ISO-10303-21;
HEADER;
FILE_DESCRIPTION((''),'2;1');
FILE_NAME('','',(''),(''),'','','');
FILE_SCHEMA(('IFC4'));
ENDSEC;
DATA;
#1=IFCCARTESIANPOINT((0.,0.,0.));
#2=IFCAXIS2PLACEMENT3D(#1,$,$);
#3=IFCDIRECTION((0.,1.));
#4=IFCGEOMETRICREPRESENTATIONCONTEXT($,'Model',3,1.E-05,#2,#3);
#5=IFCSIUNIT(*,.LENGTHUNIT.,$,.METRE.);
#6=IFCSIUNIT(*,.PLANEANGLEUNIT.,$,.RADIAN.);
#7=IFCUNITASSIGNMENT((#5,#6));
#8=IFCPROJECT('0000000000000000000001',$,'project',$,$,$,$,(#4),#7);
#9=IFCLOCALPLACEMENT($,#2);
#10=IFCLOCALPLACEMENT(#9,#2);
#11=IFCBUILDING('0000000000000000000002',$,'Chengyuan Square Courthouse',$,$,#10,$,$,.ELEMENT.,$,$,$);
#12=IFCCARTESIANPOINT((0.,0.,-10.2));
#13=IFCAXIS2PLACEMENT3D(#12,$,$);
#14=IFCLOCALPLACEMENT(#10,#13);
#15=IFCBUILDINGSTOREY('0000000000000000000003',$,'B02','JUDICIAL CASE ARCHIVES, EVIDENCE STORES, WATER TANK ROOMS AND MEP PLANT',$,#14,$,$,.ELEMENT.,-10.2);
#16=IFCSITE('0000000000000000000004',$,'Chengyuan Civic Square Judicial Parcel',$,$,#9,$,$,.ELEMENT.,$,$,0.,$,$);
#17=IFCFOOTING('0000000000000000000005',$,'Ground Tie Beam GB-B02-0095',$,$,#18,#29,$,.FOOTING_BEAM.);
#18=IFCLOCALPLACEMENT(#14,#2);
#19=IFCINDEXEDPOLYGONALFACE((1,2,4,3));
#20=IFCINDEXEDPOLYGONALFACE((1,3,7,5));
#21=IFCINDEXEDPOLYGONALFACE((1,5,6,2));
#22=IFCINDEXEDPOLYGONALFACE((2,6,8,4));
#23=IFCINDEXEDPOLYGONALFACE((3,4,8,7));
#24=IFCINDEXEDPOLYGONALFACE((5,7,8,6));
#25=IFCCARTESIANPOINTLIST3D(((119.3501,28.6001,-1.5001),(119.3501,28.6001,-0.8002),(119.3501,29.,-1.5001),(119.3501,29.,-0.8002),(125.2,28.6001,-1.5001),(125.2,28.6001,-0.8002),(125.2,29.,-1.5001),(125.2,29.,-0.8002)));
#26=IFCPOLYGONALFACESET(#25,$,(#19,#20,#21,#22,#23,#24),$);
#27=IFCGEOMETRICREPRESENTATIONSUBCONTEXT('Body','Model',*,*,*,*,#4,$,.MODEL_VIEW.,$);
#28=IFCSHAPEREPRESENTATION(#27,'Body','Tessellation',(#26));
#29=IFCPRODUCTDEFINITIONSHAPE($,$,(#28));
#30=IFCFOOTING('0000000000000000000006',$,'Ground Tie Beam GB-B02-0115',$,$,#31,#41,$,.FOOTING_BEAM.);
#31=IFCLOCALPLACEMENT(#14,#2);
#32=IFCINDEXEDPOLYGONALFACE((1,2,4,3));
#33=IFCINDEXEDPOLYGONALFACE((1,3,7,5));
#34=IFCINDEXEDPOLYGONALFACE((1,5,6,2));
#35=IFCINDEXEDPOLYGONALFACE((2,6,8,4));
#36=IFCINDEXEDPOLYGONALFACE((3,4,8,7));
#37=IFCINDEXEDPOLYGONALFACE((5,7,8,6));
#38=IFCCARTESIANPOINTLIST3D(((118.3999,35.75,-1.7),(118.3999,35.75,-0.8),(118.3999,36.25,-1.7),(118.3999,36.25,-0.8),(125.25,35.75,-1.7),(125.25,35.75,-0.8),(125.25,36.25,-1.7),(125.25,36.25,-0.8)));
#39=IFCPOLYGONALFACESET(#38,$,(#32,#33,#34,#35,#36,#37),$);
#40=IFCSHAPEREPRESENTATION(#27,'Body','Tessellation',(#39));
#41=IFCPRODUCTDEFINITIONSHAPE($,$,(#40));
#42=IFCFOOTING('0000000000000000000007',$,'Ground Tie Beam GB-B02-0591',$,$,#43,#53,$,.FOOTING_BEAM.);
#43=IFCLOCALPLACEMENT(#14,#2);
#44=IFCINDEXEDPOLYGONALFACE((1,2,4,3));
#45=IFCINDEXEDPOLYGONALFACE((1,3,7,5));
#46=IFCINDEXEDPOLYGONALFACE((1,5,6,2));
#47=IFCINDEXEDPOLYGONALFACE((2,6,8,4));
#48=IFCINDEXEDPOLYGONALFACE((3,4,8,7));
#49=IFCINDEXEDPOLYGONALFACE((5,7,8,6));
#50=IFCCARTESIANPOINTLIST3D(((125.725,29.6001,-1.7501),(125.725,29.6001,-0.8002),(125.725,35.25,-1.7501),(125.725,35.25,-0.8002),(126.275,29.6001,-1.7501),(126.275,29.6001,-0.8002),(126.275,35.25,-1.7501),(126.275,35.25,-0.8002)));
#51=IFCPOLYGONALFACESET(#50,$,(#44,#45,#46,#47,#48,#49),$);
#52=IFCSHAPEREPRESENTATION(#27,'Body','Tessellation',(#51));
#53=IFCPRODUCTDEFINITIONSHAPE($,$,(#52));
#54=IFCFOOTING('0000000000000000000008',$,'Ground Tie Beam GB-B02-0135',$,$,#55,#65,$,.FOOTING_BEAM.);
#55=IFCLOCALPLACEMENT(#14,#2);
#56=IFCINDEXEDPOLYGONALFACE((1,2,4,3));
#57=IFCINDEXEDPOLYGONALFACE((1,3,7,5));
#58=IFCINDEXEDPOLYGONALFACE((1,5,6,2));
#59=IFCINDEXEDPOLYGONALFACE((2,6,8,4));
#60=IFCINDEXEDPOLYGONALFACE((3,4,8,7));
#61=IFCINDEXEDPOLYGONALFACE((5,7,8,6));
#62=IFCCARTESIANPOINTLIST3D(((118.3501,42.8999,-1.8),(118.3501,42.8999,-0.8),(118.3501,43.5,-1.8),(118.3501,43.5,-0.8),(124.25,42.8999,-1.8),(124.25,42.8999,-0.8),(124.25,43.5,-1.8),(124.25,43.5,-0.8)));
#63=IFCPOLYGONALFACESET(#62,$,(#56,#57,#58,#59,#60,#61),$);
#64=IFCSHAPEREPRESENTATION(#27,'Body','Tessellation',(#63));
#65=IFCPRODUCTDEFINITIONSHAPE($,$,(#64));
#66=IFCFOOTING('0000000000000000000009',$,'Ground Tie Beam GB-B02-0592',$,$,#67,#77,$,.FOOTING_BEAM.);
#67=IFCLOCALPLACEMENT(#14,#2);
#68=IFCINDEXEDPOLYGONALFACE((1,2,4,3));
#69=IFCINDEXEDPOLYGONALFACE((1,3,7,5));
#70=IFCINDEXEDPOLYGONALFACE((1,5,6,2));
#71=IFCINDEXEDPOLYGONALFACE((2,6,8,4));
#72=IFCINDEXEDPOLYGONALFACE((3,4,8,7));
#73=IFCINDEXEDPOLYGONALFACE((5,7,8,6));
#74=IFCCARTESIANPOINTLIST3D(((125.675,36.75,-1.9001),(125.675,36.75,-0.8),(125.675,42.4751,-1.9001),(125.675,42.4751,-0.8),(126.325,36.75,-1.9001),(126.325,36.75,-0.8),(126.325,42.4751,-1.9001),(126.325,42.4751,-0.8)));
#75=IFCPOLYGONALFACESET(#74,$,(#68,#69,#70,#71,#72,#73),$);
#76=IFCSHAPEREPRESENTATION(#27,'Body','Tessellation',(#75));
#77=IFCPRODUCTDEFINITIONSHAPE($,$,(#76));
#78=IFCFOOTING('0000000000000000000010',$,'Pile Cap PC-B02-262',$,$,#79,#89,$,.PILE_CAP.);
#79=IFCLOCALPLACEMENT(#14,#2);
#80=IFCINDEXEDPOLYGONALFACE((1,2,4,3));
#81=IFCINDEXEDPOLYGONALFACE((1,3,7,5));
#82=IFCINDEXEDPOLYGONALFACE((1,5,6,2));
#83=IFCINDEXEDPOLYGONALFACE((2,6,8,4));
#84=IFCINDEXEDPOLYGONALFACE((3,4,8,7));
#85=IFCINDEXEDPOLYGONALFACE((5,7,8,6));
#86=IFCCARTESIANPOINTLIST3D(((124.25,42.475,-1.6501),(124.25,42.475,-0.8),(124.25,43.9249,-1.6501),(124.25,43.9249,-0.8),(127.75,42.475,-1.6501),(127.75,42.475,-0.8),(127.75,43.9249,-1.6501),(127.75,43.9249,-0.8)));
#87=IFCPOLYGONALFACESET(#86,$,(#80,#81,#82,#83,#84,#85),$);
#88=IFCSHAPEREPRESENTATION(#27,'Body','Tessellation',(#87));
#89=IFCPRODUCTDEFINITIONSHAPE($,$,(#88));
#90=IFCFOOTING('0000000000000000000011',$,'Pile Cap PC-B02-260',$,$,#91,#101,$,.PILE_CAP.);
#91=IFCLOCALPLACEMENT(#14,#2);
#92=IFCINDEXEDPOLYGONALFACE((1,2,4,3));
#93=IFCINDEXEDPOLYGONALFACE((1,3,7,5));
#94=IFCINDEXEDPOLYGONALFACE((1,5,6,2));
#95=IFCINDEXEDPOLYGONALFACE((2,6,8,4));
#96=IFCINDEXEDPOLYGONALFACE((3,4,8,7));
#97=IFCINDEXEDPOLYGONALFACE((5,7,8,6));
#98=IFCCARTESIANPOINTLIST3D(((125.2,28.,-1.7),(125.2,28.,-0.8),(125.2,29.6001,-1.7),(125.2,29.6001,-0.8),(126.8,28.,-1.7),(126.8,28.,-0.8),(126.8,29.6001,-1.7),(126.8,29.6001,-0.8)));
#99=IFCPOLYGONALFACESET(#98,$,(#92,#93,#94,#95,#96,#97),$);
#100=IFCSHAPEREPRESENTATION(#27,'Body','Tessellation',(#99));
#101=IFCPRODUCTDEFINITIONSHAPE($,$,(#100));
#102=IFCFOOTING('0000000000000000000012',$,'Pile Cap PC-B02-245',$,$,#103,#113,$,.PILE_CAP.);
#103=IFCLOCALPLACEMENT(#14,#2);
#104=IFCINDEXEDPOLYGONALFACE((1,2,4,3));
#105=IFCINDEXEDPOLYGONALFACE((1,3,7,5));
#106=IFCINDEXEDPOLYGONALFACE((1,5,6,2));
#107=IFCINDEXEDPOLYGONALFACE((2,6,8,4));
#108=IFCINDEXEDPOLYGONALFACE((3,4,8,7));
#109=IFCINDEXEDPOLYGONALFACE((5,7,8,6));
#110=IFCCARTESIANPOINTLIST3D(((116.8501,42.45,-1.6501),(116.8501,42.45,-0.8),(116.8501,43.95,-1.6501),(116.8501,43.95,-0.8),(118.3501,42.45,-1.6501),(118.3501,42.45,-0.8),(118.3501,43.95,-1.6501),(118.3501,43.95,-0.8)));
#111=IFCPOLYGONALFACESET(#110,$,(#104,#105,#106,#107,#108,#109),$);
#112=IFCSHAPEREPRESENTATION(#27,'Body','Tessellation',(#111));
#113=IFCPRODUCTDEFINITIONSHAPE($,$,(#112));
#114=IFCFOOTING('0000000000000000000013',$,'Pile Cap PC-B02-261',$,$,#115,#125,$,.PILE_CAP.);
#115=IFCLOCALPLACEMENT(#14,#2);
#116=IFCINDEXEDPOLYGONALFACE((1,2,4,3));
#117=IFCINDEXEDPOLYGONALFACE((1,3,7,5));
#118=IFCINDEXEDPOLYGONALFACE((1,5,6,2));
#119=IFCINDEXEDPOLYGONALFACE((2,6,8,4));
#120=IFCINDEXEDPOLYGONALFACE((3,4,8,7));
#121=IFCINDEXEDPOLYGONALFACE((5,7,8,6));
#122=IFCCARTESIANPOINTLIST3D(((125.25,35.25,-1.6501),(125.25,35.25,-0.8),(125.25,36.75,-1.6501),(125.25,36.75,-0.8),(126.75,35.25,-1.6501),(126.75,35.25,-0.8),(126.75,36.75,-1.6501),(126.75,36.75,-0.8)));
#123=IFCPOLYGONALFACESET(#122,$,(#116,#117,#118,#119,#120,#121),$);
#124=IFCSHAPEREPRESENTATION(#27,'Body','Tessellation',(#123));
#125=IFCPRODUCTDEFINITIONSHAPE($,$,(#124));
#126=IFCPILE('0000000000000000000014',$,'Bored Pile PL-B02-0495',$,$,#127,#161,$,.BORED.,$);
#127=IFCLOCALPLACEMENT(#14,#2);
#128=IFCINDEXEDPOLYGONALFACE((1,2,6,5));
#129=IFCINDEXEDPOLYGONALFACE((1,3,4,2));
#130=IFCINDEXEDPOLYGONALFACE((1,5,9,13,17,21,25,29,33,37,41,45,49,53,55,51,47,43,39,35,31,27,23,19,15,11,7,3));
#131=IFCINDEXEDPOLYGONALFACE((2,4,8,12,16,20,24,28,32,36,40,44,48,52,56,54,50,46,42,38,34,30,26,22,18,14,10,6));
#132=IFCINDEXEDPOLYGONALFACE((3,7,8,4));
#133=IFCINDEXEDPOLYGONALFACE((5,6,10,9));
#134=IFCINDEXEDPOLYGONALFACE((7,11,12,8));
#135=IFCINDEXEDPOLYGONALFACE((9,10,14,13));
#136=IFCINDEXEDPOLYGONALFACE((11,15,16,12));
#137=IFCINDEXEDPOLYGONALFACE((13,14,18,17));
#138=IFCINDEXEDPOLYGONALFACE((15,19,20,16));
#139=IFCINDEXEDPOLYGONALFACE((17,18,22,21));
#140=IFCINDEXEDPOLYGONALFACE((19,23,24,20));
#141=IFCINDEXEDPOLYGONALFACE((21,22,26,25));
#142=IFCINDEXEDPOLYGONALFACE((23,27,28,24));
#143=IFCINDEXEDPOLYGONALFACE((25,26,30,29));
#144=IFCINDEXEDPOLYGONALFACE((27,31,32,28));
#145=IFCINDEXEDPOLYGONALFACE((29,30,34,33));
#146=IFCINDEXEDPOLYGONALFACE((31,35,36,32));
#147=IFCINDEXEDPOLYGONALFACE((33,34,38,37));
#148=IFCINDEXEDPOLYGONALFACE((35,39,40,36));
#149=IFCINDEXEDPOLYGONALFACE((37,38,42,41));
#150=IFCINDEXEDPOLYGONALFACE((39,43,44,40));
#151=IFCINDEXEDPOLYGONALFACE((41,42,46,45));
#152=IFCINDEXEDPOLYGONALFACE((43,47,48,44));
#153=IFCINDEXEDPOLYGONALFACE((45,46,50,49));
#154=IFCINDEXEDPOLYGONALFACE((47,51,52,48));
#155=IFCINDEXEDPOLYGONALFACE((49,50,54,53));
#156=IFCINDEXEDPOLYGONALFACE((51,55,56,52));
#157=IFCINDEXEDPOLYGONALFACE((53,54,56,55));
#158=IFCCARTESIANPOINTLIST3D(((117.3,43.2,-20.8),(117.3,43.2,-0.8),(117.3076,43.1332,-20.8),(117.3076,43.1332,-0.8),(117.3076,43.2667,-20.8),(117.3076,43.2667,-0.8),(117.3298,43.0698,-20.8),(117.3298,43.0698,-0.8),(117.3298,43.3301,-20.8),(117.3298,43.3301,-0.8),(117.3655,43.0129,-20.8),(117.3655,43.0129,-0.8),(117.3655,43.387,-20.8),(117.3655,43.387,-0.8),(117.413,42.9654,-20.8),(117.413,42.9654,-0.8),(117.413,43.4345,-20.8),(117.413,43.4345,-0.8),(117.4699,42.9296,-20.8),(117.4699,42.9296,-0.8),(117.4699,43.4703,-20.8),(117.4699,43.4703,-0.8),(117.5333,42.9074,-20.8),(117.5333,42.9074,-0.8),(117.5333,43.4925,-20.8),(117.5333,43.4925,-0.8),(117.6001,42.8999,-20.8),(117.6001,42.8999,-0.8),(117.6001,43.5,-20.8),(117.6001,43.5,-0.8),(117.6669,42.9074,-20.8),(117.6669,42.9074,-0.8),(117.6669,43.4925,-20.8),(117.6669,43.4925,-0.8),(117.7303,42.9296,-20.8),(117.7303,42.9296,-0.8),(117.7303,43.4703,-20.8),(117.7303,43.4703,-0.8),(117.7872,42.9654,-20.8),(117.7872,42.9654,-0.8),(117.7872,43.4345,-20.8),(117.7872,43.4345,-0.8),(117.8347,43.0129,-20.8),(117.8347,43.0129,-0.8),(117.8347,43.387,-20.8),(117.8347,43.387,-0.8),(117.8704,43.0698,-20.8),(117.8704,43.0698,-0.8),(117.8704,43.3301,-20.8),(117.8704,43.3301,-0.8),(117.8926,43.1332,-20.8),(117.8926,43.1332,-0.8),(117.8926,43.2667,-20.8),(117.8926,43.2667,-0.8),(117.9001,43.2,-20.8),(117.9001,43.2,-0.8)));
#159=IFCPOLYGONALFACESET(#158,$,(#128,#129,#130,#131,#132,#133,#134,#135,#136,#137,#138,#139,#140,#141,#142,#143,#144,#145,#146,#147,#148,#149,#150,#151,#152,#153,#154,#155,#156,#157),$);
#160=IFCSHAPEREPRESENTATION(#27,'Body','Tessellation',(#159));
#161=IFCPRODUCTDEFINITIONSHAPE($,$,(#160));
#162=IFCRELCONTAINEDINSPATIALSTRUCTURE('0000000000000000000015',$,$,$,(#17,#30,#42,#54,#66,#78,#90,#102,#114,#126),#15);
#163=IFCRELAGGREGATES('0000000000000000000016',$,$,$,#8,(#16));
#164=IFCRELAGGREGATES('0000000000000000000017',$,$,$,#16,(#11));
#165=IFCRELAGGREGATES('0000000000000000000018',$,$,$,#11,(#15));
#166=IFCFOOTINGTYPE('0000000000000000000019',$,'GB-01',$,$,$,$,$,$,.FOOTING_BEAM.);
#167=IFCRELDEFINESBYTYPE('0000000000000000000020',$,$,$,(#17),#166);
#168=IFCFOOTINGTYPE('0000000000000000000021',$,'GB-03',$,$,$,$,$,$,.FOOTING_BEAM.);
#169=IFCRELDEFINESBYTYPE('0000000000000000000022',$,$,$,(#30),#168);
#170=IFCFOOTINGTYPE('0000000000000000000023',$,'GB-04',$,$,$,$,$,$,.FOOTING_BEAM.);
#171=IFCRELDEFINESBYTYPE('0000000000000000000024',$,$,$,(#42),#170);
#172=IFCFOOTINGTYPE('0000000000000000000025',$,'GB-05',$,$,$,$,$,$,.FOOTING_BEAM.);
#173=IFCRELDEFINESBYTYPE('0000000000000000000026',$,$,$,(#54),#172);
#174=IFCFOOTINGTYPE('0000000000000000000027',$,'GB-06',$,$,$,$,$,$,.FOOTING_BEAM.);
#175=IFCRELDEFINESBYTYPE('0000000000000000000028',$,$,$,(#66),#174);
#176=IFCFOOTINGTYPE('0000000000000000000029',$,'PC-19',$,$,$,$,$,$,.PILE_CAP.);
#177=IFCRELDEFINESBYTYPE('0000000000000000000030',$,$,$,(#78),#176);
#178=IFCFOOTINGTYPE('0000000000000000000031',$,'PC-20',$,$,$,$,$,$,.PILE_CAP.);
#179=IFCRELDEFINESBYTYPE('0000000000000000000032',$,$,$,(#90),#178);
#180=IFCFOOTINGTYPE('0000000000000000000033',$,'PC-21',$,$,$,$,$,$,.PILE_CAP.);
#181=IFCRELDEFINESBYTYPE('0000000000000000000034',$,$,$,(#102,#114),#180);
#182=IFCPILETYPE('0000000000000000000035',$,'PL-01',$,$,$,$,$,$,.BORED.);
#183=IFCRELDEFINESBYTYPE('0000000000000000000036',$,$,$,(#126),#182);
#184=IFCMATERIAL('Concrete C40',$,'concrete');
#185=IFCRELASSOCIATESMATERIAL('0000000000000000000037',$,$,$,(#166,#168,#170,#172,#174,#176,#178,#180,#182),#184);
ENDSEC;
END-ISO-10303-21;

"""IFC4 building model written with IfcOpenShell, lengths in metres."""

from ifc_helpers import new_model, si_unit, direction, frame, origin, origin_2d, place, context, subcontext, project, spatial, rectangle, circle, extrude, material, material_profile, profile_set, type_object, element, save


model = new_model("IFC4")

# Units and contexts
model_context = context("Model", 3, precision=1e-05, world=origin(), true_north=direction((0.0, 1.0)))
body_context = subcontext(model_context, "Body", "Model", "MODEL_VIEW")
ifc_project = project(units=[si_unit("LENGTHUNIT", "METRE"), si_unit("PLANEANGLEUNIT", "RADIAN")], contexts=[model_context])

# Site, building, storey
site_placement = place(None, origin())
site = spatial("IfcSite", under=ifc_project, at=site_placement, Name="Chengyuan Civic Square Judicial Parcel", CompositionType="ELEMENT", RefElevation=0.0)
building_placement = place(site_placement, origin())
building = spatial("IfcBuilding", under=site, at=building_placement, Name="Chengyuan Square Courthouse", CompositionType="ELEMENT")
storey_placement = place(building_placement, frame((0.0, 0.0, -10.2)))
storey = spatial("IfcBuildingStorey", under=building, at=storey_placement, Name="B02", Description="JUDICIAL CASE ARCHIVES, EVIDENCE STORES, WATER TANK ROOMS AND MEP PLANT", CompositionType="ELEMENT", Elevation=-10.2)

# Footings
ifc_material_1 = material(Name="Concrete C40", Category="concrete")
ifc_material_profile_1 = material_profile(ifc_material_1, rectangle(XDim=0.3999, YDim=0.7, at=origin_2d()), Name="GB-400x700")
ifc_profile_set_1 = profile_set([ifc_material_profile_1], Name="Concrete C40")
footing_type_1 = type_object("IfcFootingType", Name="GB-01", PredefinedType="FOOTING_BEAM", material=ifc_profile_set_1)
footing_1_placement = place(storey_placement, frame((119.3501, 28.8, -1.1501), z_axis=(1.0, 0.0, 0.0), x_axis=(0.0, 1.0, 0.0)))
element("IfcFooting", 1, at=footing_1_placement, inside=storey, type_object=footing_type_1, Name="Ground Tie Beam GB-B02-0095", PredefinedType="FOOTING_BEAM", context=body_context, shape_type="SweptSolid", body=[
    extrude(rectangle(XDim=0.3999, YDim=0.7, at=origin_2d()), origin(), (0.0, 0.0, 1.0), 5.8499),
])
ifc_material_profile_2 = material_profile(ifc_material_1, rectangle(XDim=0.5, YDim=0.8999, at=origin_2d()), Name="GB-500x900")
ifc_profile_set_2 = profile_set([ifc_material_profile_2], Name="Concrete C40")
footing_type_2 = type_object("IfcFootingType", Name="GB-03", PredefinedType="FOOTING_BEAM", material=ifc_profile_set_2)
footing_2_placement = place(storey_placement, frame((118.3999, 36.0, -1.25), z_axis=(1.0, 0.0, 0.0), x_axis=(0.0, 1.0, 0.0)))
element("IfcFooting", 2, at=footing_2_placement, inside=storey, type_object=footing_type_2, Name="Ground Tie Beam GB-B02-0115", PredefinedType="FOOTING_BEAM", context=body_context, shape_type="SweptSolid", body=[
    extrude(rectangle(XDim=0.5, YDim=0.8999, at=origin_2d()), origin(), (0.0, 0.0, 1.0), 6.8501),
])
ifc_material_profile_3 = material_profile(ifc_material_1, rectangle(XDim=0.55, YDim=0.95, at=origin_2d()), Name="GB-550x950")
ifc_profile_set_3 = profile_set([ifc_material_profile_3], Name="Concrete C40")
footing_type_3 = type_object("IfcFootingType", Name="GB-04", PredefinedType="FOOTING_BEAM", material=ifc_profile_set_3)
footing_3_placement = place(storey_placement, frame((126.0, 29.6001, -1.2751), z_axis=(0.0, 1.0, 0.0), x_axis=(-1.0, 0.0, 0.0)))
element("IfcFooting", 3, at=footing_3_placement, inside=storey, type_object=footing_type_3, Name="Ground Tie Beam GB-B02-0591", PredefinedType="FOOTING_BEAM", context=body_context, shape_type="SweptSolid", body=[
    extrude(rectangle(XDim=0.55, YDim=0.95, at=origin_2d()), origin(), (0.0, 0.0, 1.0), 5.6499),
])
ifc_material_profile_4 = material_profile(ifc_material_1, rectangle(XDim=0.6001, YDim=1.0, at=origin_2d()), Name="GB-600x1000")
ifc_profile_set_4 = profile_set([ifc_material_profile_4], Name="Concrete C40")
footing_type_4 = type_object("IfcFootingType", Name="GB-05", PredefinedType="FOOTING_BEAM", material=ifc_profile_set_4)
footing_4_placement = place(storey_placement, frame((118.3501, 43.2, -1.3), z_axis=(1.0, 0.0, 0.0), x_axis=(0.0, 1.0, 0.0)))
element("IfcFooting", 4, at=footing_4_placement, inside=storey, type_object=footing_type_4, Name="Ground Tie Beam GB-B02-0135", PredefinedType="FOOTING_BEAM", context=body_context, shape_type="SweptSolid", body=[
    extrude(rectangle(XDim=0.6001, YDim=1.0, at=origin_2d()), origin(), (0.0, 0.0, 1.0), 5.8999),
])
ifc_material_profile_5 = material_profile(ifc_material_1, rectangle(XDim=0.6499, YDim=1.1001, at=origin_2d()), Name="GB-650x1100")
ifc_profile_set_5 = profile_set([ifc_material_profile_5], Name="Concrete C40")
footing_type_5 = type_object("IfcFootingType", Name="GB-06", PredefinedType="FOOTING_BEAM", material=ifc_profile_set_5)
footing_5_placement = place(storey_placement, frame((126.0, 36.75, -1.3501), z_axis=(0.0, 1.0, 0.0), x_axis=(-1.0, 0.0, 0.0)))
element("IfcFooting", 5, at=footing_5_placement, inside=storey, type_object=footing_type_5, Name="Ground Tie Beam GB-B02-0592", PredefinedType="FOOTING_BEAM", context=body_context, shape_type="SweptSolid", body=[
    extrude(rectangle(XDim=0.6499, YDim=1.1001, at=origin_2d()), origin(), (0.0, 0.0, 1.0), 5.7251),
])
footing_type_6 = type_object("IfcFootingType", Name="PC-19", PredefinedType="PILE_CAP", material=ifc_material_1)
footing_6_placement = place(storey_placement, frame((126.0, 43.2, -1.6501), z_axis=(0.0, 0.0, 1.0), x_axis=(1.0, 0.0, 0.0)))
element("IfcFooting", 6, at=footing_6_placement, inside=storey, type_object=footing_type_6, Name="Pile Cap PC-B02-262", PredefinedType="PILE_CAP", context=body_context, shape_type="SweptSolid", body=[
    extrude(rectangle(XDim=3.5, YDim=1.45, at=origin_2d()), origin(), (0.0, 0.0, 1.0), 0.8501),
])
footing_type_7 = type_object("IfcFootingType", Name="PC-20", PredefinedType="PILE_CAP", material=ifc_material_1)
footing_7_placement = place(storey_placement, frame((126.0, 28.8, -1.7), z_axis=(0.0, 0.0, 1.0), x_axis=(1.0, 0.0, 0.0)))
element("IfcFooting", 7, at=footing_7_placement, inside=storey, type_object=footing_type_7, Name="Pile Cap PC-B02-260", PredefinedType="PILE_CAP", context=body_context, shape_type="SweptSolid", body=[
    extrude(rectangle(XDim=1.6001, YDim=1.6001, at=origin_2d()), origin(), (0.0, 0.0, 1.0), 0.8999),
])
footing_type_8 = type_object("IfcFootingType", Name="PC-21", PredefinedType="PILE_CAP", material=ifc_material_1)
for number, where, z_axis, x_axis, name in (
    (8, (117.6001, 43.2, -1.6501), (0.0, 0.0, 1.0), (1.0, 0.0, 0.0), "Pile Cap PC-B02-245"),
    (9, (126.0, 36.0, -1.6501), (0.0, 0.0, 1.0), (1.0, 0.0, 0.0), "Pile Cap PC-B02-261"),
):
    element("IfcFooting", number, at=place(storey_placement, frame(where, z_axis=z_axis, x_axis=x_axis)), inside=storey, type_object=footing_type_8, Name=name, PredefinedType="PILE_CAP", context=body_context, shape_type="SweptSolid", body=[
        extrude(rectangle(XDim=1.5, YDim=1.5, at=origin_2d()), origin(), (0.0, 0.0, 1.0), 0.8501),
    ])

# Pile
ifc_material_profile_6 = material_profile(ifc_material_1, circle(Radius=0.3, at=origin_2d()), Name="BORED PILE D600")
ifc_profile_set_6 = profile_set([ifc_material_profile_6], Name="Concrete C40")
pile_type_1 = type_object("IfcPileType", Name="PL-01", PredefinedType="BORED", material=ifc_profile_set_6)
for number, where, z_axis, x_axis, name in (
    (10, (117.6001, 43.2, -0.8), (0.0, 0.0, -1.0), (1.0, 0.0, 0.0), "Bored Pile PL-B02-0495"),
):
    element("IfcPile", number, at=place(storey_placement, frame(where, z_axis=z_axis, x_axis=x_axis)), inside=storey, type_object=pile_type_1, Name=name, PredefinedType="BORED", context=body_context, shape_type="SweptSolid", body=[
        extrude(circle(Radius=0.3, at=origin_2d()), origin(), (0.0, 0.0, 1.0), 20.0),
    ])

save(model, "model.ifc")
